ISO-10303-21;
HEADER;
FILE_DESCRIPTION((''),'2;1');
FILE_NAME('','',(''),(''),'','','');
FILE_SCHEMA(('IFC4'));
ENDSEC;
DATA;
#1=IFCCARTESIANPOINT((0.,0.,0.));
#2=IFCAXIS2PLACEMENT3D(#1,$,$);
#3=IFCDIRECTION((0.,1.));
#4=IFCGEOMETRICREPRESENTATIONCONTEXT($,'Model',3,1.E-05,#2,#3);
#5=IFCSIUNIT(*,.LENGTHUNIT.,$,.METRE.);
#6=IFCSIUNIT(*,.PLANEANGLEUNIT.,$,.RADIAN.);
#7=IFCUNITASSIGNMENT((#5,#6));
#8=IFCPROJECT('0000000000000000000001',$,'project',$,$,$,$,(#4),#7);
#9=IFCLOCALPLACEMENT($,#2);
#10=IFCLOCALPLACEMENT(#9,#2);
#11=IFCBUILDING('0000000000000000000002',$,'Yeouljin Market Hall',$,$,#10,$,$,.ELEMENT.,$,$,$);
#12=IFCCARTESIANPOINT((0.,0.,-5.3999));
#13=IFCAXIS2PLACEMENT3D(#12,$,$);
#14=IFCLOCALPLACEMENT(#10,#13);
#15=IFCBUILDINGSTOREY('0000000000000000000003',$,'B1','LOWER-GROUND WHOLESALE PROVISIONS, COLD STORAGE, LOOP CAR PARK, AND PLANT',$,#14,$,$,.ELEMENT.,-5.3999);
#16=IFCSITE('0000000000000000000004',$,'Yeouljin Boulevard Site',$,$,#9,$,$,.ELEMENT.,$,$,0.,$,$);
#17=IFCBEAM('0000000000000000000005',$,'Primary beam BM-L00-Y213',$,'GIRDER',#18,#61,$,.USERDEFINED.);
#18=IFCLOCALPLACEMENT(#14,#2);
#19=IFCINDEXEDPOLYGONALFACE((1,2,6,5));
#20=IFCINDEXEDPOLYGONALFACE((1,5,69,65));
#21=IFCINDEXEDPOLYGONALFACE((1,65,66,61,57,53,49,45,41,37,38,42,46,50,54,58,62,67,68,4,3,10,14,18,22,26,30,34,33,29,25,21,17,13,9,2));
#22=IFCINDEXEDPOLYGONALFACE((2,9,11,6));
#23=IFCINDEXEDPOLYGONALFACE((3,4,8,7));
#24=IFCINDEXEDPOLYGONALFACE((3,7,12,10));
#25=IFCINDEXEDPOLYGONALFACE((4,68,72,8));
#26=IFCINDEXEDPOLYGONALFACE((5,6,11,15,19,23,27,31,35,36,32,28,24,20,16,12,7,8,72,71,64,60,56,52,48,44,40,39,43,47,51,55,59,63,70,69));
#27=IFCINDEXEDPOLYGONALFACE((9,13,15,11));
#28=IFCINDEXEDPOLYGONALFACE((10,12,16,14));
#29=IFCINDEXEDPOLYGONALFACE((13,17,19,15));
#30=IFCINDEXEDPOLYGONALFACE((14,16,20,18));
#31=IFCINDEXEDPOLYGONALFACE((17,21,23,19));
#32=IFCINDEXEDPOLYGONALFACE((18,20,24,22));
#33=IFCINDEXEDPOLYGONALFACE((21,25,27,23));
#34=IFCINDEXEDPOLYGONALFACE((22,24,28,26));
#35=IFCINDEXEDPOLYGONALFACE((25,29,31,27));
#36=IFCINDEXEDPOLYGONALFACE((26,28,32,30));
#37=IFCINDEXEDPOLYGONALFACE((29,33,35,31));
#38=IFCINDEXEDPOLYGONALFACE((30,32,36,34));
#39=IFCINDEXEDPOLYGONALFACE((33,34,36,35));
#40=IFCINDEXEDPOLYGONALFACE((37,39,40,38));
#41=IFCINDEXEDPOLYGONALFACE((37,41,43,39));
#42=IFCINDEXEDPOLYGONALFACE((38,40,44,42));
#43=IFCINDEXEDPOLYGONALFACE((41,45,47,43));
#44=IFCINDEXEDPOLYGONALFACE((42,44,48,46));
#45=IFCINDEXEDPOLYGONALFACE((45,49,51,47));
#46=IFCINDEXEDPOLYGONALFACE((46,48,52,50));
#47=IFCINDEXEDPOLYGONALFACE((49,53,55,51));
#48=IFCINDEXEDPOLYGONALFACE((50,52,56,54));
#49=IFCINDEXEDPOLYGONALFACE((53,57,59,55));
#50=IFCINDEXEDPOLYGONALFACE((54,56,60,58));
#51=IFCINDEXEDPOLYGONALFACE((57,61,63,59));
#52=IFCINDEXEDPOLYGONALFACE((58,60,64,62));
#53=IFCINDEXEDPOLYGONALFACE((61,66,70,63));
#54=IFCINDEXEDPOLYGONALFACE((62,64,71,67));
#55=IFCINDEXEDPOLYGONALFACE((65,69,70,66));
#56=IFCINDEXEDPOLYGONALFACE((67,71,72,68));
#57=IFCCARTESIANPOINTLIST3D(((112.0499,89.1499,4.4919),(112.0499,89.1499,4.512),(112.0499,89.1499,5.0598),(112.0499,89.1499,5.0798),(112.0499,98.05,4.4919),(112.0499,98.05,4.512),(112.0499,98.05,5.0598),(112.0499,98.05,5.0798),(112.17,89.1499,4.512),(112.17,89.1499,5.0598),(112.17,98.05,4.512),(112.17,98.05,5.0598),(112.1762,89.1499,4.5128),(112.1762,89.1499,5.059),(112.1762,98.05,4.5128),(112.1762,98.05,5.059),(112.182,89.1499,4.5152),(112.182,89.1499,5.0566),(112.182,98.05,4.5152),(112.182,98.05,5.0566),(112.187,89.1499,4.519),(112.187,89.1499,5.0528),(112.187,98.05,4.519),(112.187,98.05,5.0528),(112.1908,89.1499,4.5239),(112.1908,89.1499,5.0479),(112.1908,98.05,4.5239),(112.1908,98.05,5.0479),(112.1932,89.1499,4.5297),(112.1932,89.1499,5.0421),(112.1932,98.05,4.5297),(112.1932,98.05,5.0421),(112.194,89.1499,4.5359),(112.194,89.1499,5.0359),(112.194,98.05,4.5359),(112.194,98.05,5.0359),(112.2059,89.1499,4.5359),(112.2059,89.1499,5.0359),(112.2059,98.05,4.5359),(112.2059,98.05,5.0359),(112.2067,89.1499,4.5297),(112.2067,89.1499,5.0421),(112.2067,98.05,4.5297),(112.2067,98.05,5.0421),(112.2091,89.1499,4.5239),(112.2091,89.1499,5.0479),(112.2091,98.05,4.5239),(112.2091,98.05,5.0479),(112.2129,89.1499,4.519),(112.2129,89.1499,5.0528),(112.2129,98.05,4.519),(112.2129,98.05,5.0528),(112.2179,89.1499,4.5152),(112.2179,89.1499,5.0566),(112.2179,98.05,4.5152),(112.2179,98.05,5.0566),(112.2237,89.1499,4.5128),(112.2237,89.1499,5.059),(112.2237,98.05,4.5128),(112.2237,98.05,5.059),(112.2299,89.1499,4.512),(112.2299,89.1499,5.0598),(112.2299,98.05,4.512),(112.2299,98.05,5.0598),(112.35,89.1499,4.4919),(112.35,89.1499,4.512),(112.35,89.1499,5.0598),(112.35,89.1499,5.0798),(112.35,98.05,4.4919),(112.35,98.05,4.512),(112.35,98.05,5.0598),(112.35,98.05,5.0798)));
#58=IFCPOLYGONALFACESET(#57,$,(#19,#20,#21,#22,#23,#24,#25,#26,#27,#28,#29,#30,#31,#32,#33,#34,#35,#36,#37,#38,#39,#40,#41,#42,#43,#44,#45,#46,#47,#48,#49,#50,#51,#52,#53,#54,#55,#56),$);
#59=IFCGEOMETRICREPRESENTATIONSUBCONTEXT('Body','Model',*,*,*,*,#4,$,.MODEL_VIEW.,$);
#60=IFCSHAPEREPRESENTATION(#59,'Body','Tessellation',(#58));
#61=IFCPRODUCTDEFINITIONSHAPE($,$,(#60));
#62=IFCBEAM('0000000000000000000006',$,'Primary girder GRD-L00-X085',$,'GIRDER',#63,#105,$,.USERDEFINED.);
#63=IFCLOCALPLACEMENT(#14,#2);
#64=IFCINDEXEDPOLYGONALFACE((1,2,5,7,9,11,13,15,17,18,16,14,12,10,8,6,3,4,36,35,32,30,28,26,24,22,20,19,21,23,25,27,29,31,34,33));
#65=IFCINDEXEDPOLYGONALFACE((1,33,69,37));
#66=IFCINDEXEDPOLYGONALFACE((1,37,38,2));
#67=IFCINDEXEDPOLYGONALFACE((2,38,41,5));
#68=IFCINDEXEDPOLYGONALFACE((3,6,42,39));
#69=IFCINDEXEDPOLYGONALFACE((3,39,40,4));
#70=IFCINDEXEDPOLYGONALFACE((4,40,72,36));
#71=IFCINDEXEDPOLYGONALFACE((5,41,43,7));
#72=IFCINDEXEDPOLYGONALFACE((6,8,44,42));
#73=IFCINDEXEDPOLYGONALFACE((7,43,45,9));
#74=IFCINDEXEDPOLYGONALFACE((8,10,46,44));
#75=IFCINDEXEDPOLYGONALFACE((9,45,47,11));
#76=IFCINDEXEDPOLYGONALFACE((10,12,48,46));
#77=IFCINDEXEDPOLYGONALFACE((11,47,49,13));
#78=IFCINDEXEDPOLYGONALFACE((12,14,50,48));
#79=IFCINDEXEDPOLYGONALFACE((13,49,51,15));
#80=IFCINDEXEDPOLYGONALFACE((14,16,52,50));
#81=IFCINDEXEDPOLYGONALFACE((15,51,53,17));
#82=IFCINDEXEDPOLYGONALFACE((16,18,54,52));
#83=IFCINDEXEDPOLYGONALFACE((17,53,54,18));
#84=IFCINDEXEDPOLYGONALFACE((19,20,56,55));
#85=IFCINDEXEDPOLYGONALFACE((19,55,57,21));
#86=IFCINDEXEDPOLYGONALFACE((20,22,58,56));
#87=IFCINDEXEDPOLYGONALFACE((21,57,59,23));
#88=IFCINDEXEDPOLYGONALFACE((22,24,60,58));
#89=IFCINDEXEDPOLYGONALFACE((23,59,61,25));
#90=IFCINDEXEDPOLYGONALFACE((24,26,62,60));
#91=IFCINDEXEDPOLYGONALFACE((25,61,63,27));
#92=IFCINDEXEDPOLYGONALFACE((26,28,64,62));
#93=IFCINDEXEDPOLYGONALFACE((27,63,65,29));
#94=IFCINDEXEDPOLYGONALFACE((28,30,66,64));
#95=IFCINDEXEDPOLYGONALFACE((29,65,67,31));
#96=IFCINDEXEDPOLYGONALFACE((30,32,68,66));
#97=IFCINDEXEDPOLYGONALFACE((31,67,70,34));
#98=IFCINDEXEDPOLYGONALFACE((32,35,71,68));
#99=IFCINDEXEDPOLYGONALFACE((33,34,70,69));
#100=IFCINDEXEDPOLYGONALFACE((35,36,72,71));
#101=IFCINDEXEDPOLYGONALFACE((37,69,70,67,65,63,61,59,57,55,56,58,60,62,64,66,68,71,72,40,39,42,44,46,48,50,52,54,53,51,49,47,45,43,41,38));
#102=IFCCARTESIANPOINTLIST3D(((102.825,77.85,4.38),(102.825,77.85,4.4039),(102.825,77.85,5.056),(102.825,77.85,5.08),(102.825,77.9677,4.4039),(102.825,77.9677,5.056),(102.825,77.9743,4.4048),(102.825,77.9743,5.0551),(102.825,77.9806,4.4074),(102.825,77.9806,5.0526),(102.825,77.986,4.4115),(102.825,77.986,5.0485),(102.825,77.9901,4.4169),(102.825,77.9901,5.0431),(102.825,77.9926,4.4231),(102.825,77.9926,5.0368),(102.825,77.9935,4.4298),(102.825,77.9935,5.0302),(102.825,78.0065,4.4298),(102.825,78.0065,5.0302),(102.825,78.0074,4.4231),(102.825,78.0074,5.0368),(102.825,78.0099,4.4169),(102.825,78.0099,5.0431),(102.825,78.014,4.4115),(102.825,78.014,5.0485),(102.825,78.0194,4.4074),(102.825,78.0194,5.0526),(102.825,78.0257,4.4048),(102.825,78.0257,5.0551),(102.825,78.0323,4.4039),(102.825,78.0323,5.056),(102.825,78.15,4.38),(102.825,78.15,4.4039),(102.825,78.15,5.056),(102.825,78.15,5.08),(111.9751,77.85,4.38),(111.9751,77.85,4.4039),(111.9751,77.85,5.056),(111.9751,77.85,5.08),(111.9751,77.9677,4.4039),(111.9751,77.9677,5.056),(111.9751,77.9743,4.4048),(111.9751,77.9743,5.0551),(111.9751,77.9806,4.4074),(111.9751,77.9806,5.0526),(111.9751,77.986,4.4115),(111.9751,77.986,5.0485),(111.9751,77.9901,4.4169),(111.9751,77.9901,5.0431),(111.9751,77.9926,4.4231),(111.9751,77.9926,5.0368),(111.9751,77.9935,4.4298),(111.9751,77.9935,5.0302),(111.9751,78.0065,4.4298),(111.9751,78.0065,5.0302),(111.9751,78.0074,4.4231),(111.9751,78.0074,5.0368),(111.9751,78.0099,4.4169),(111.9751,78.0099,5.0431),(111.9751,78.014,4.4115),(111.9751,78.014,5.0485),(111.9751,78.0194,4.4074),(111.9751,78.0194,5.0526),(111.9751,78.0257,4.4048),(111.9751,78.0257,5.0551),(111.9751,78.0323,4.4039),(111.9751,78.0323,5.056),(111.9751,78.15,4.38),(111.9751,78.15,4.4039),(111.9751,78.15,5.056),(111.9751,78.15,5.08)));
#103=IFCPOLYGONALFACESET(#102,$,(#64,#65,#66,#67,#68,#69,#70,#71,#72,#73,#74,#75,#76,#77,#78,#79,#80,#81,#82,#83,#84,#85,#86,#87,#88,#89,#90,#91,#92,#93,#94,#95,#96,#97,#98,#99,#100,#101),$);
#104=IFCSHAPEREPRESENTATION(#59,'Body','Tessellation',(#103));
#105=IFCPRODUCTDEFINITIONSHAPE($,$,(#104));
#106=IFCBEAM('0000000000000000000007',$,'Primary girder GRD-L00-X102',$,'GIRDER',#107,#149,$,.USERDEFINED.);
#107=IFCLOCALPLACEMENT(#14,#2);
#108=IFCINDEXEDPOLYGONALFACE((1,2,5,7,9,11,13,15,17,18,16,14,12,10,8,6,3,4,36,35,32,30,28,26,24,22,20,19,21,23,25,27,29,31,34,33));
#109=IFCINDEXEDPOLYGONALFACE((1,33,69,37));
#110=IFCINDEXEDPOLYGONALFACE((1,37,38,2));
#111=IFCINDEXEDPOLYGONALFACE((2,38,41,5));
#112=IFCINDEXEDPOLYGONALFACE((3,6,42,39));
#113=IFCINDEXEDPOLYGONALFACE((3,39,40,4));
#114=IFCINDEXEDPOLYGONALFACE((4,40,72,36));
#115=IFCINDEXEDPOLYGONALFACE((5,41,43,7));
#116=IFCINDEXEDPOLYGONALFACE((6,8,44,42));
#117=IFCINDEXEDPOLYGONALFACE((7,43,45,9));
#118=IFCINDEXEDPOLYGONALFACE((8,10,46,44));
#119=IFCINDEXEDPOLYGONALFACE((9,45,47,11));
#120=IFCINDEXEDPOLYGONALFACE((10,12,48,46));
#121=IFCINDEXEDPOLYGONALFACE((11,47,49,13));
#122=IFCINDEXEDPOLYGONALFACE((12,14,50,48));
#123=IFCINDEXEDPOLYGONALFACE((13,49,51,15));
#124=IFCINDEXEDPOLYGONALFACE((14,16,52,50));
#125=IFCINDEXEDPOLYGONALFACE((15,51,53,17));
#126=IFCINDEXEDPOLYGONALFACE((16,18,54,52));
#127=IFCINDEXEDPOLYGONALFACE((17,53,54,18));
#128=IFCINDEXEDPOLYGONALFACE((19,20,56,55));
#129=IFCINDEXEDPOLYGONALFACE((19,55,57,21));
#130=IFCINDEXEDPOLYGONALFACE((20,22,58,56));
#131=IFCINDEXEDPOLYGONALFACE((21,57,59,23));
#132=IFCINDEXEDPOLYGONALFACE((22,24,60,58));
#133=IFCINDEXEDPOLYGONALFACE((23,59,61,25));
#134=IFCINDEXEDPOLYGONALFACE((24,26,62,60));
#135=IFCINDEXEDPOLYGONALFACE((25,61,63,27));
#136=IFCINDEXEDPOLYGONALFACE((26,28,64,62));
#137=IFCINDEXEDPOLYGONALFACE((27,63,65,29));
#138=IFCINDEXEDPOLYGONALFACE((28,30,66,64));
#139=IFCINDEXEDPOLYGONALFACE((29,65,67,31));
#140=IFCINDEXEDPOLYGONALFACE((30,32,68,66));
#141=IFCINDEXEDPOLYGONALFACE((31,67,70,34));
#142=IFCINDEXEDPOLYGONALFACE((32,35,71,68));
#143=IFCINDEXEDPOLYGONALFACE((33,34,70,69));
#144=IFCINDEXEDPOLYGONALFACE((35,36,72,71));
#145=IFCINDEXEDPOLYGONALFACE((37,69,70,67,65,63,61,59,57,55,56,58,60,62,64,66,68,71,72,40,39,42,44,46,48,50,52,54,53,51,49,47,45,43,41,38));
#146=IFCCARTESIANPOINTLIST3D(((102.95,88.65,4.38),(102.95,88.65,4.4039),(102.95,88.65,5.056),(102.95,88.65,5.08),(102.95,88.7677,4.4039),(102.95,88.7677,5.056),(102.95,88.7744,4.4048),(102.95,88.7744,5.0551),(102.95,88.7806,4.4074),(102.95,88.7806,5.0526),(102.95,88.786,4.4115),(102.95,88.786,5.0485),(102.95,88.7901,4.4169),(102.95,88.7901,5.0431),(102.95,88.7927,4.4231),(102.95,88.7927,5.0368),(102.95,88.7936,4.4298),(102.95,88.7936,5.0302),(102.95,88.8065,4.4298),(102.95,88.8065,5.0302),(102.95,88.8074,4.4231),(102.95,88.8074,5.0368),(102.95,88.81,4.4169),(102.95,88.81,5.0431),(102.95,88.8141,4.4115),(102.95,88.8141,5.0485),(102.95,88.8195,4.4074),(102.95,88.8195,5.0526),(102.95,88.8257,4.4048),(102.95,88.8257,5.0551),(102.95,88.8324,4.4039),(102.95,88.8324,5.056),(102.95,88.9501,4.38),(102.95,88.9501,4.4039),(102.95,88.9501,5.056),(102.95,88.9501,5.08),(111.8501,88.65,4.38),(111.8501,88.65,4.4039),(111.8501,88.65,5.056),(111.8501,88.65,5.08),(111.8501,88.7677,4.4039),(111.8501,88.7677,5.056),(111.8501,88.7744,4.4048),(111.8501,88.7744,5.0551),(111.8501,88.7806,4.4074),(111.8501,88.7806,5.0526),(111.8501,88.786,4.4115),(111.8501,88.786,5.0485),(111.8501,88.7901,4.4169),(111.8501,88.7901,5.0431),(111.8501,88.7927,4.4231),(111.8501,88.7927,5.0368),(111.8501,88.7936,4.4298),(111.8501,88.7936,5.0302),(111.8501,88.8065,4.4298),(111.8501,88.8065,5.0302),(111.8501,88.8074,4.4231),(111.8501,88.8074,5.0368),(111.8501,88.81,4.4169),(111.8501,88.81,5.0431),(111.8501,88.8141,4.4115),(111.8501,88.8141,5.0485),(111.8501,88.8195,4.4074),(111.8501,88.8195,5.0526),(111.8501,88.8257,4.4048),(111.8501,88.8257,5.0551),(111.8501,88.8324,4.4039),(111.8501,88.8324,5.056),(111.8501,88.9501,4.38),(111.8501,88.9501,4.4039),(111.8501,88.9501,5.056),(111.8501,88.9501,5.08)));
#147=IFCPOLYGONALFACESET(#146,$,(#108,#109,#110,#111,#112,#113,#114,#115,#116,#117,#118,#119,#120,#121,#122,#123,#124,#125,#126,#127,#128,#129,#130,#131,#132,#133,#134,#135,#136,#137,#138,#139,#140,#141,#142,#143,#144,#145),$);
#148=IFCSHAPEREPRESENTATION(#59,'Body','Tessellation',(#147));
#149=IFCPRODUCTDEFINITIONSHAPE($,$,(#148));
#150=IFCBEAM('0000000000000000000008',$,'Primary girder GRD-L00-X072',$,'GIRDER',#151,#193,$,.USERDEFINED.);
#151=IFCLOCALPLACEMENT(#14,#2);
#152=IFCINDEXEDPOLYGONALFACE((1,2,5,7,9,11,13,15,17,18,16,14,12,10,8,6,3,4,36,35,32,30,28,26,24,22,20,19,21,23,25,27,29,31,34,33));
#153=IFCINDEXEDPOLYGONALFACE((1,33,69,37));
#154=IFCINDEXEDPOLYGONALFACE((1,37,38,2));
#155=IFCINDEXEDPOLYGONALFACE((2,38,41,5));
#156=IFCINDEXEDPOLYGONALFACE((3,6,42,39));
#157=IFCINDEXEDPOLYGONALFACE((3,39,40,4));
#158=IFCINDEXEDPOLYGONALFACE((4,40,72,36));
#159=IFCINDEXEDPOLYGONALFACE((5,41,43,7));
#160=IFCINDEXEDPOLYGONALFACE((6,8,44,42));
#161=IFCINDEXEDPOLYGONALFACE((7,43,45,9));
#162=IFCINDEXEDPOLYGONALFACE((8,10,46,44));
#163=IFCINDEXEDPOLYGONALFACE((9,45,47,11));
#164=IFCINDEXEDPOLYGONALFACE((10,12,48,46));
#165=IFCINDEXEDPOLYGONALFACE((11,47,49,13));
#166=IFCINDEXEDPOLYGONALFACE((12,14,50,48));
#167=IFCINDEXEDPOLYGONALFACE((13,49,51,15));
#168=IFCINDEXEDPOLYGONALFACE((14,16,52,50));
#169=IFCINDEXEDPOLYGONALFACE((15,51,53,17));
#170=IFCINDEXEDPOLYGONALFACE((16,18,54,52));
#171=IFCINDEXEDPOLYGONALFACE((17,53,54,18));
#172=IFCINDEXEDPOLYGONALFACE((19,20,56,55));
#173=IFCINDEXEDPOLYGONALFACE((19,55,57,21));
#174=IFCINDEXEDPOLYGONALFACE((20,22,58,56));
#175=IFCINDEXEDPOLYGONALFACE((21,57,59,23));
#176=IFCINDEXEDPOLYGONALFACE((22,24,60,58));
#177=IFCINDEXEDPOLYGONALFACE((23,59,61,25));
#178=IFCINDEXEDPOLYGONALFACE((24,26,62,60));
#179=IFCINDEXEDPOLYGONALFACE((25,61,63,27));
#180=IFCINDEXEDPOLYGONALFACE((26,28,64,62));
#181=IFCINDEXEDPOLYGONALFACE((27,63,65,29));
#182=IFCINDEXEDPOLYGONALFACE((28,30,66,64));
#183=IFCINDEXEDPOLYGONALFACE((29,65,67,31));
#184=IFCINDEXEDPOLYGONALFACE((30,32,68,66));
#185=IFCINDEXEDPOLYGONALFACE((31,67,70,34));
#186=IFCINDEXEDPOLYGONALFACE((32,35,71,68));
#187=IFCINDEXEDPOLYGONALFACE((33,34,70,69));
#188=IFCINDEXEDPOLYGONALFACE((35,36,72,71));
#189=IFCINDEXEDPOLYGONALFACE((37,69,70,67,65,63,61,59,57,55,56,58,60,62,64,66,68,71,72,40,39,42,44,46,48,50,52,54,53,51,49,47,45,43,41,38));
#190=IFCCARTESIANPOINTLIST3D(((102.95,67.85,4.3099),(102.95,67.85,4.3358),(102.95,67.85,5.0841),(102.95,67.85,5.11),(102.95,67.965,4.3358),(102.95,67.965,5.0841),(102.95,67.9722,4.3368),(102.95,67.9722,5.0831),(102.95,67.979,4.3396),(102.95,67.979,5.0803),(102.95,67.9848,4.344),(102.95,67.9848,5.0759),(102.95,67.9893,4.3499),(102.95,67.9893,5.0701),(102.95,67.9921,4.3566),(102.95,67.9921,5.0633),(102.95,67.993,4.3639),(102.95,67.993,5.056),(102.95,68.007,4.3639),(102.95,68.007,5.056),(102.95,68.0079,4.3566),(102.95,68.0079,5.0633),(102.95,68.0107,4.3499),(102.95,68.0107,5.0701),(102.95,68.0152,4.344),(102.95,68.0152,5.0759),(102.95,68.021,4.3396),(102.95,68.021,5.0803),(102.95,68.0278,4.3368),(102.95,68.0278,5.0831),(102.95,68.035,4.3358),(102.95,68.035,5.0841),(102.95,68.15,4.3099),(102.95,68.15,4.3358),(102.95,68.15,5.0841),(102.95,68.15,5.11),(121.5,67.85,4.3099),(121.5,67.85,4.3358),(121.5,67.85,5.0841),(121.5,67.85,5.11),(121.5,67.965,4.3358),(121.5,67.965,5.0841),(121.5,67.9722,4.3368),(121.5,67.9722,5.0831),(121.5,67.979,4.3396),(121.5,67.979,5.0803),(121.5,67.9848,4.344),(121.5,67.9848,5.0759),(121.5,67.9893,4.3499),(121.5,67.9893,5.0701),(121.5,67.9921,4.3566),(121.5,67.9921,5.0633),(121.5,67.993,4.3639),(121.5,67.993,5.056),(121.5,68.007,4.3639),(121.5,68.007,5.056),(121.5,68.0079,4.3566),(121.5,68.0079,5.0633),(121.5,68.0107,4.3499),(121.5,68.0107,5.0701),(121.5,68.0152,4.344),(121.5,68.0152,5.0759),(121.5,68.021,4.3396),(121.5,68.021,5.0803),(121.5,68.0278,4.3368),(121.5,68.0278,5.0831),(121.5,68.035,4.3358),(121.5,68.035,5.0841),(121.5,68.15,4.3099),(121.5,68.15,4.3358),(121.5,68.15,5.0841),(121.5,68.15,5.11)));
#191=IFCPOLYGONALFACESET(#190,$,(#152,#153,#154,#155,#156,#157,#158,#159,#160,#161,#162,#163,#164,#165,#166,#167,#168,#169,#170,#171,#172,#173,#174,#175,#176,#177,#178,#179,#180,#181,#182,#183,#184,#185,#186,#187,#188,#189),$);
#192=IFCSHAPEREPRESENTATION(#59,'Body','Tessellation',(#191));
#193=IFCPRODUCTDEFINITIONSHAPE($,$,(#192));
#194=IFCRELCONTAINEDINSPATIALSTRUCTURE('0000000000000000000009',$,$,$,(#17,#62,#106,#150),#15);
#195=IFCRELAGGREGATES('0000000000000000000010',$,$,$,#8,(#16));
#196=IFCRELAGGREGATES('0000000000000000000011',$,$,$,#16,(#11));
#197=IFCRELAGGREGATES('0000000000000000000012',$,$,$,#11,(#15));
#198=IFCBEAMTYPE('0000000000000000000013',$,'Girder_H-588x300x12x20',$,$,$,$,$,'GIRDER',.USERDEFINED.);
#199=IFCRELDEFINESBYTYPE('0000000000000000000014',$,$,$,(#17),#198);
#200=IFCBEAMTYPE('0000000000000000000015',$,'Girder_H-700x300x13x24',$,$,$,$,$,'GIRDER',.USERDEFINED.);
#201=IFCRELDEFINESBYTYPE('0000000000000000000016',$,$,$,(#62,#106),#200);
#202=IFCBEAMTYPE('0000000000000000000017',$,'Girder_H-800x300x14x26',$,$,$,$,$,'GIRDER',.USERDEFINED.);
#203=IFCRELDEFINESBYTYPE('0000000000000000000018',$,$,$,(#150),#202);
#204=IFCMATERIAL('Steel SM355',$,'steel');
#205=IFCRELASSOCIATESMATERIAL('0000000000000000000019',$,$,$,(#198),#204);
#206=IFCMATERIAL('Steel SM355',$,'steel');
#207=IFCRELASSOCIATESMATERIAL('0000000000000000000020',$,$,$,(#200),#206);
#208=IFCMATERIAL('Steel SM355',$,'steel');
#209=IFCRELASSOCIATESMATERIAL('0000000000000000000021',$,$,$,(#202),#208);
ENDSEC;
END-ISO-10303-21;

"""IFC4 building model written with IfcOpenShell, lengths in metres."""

from ifc_helpers import new_model, si_unit, direction, frame, origin, origin_2d, place, context, subcontext, project, spatial, i_section, extrude, material, material_profile, profile_set, type_object, element, save


model = new_model("IFC4")

# Units and contexts
model_context = context("Model", 3, precision=1e-05, world=origin(), true_north=direction((0.0, 1.0)))
body_context = subcontext(model_context, "Body", "Model", "MODEL_VIEW")
ifc_project = project(units=[si_unit("LENGTHUNIT", "METRE"), si_unit("PLANEANGLEUNIT", "RADIAN")], contexts=[model_context])

# Site, building, storey
site_placement = place(None, origin())
site = spatial("IfcSite", under=ifc_project, at=site_placement, Name="Yeouljin Boulevard Site", CompositionType="ELEMENT", RefElevation=0.0)
building_placement = place(site_placement, origin())
building = spatial("IfcBuilding", under=site, at=building_placement, Name="Yeouljin Market Hall", CompositionType="ELEMENT")
storey_placement = place(building_placement, frame((0.0, 0.0, -5.3999)))
storey = spatial("IfcBuildingStorey", under=building, at=storey_placement, Name="B1", Description="LOWER-GROUND WHOLESALE PROVISIONS, COLD STORAGE, LOOP CAR PARK, AND PLANT", CompositionType="ELEMENT", Elevation=-5.3999)

# Beams
ifc_material_1 = material(Name="Steel SM355", Category="steel")
ifc_material_profile_1 = material_profile(ifc_material_1, i_section(OverallWidth=0.3, OverallDepth=0.5879, WebThickness=0.012, FlangeThickness=0.02, FilletRadius=0.0239, at=origin_2d()), Name="H-588x300x12x20")
ifc_profile_set_1 = profile_set([ifc_material_profile_1], Name="Steel SM355")
beam_type_1 = type_object("IfcBeamType", Name="Girder_H-588x300x12x20", ElementType="GIRDER", PredefinedType="USERDEFINED", material=ifc_profile_set_1)
for number, where, z_axis, x_axis, name in (
    (1, (112.2, 89.1499, 4.7859), (0.0, 1.0, 0.0), (-1.0, 0.0, 0.0), "Primary beam BM-L00-Y213"),
):
    element("IfcBeam", number, at=place(storey_placement, frame(where, z_axis=z_axis, x_axis=x_axis)), inside=storey, type_object=beam_type_1, Name=name, ObjectType="GIRDER", PredefinedType="USERDEFINED", context=body_context, shape_type="SweptSolid", body=[
        extrude(i_section(OverallWidth=0.3, OverallDepth=0.5879, WebThickness=0.012, FlangeThickness=0.02, FilletRadius=0.0239, at=origin_2d()), origin(), (0.0, 0.0, 1.0), 8.9001),
    ])
ifc_material_2 = material(Name="Steel SM355", Category="steel")
ifc_material_profile_2 = material_profile(ifc_material_2, i_section(OverallWidth=0.3, OverallDepth=0.7, WebThickness=0.0129, FlangeThickness=0.0239, FilletRadius=0.0259, at=origin_2d()), Name="H-700x300x13x24")
ifc_profile_set_2 = profile_set([ifc_material_profile_2], Name="Steel SM355")
beam_type_2 = type_object("IfcBeamType", Name="Girder_H-700x300x13x24", ElementType="GIRDER", PredefinedType="USERDEFINED", material=ifc_profile_set_2)
beam_1_placement = place(storey_placement, frame((102.825, 78.0, 4.73), z_axis=(1.0, 0.0, 0.0), x_axis=(0.0, 1.0, 0.0)))
element("IfcBeam", 2, at=beam_1_placement, inside=storey, type_object=beam_type_2, Name="Primary girder GRD-L00-X085", ObjectType="GIRDER", PredefinedType="USERDEFINED", context=body_context, shape_type="SweptSolid", body=[
    extrude(i_section(OverallWidth=0.3, OverallDepth=0.7, WebThickness=0.0129, FlangeThickness=0.0239, FilletRadius=0.0259, at=origin_2d()), origin(), (0.0, 0.0, 1.0), 9.1501),
])
beam_2_placement = place(storey_placement, frame((102.95, 88.8, 4.73), z_axis=(1.0, 0.0, 0.0), x_axis=(0.0, 1.0, 0.0)))
element("IfcBeam", 3, at=beam_2_placement, inside=storey, type_object=beam_type_2, Name="Primary girder GRD-L00-X102", ObjectType="GIRDER", PredefinedType="USERDEFINED", context=body_context, shape_type="SweptSolid", body=[
    extrude(i_section(OverallWidth=0.3, OverallDepth=0.7, WebThickness=0.0129, FlangeThickness=0.0239, FilletRadius=0.0259, at=origin_2d()), origin(), (0.0, 0.0, 1.0), 8.9001),
])
ifc_material_3 = material(Name="Steel SM355", Category="steel")
ifc_material_profile_3 = material_profile(ifc_material_3, i_section(OverallWidth=0.3, OverallDepth=0.8, WebThickness=0.0139, FlangeThickness=0.0259, FilletRadius=0.0281, at=origin_2d()), Name="H-800x300x14x26")
ifc_profile_set_3 = profile_set([ifc_material_profile_3], Name="Steel SM355")
beam_type_3 = type_object("IfcBeamType", Name="Girder_H-800x300x14x26", ElementType="GIRDER", PredefinedType="USERDEFINED", material=ifc_profile_set_3)
beam_3_placement = place(storey_placement, frame((102.95, 68.0, 4.71), z_axis=(1.0, 0.0, 0.0), x_axis=(0.0, 1.0, 0.0)))
element("IfcBeam", 4, at=beam_3_placement, inside=storey, type_object=beam_type_3, Name="Primary girder GRD-L00-X072", ObjectType="GIRDER", PredefinedType="USERDEFINED", context=body_context, shape_type="SweptSolid", body=[
    extrude(i_section(OverallWidth=0.3, OverallDepth=0.8, WebThickness=0.0139, FlangeThickness=0.0259, FilletRadius=0.0281, at=origin_2d()), origin(), (0.0, 0.0, 1.0), 18.55),
])

save(model, "model.ifc")
